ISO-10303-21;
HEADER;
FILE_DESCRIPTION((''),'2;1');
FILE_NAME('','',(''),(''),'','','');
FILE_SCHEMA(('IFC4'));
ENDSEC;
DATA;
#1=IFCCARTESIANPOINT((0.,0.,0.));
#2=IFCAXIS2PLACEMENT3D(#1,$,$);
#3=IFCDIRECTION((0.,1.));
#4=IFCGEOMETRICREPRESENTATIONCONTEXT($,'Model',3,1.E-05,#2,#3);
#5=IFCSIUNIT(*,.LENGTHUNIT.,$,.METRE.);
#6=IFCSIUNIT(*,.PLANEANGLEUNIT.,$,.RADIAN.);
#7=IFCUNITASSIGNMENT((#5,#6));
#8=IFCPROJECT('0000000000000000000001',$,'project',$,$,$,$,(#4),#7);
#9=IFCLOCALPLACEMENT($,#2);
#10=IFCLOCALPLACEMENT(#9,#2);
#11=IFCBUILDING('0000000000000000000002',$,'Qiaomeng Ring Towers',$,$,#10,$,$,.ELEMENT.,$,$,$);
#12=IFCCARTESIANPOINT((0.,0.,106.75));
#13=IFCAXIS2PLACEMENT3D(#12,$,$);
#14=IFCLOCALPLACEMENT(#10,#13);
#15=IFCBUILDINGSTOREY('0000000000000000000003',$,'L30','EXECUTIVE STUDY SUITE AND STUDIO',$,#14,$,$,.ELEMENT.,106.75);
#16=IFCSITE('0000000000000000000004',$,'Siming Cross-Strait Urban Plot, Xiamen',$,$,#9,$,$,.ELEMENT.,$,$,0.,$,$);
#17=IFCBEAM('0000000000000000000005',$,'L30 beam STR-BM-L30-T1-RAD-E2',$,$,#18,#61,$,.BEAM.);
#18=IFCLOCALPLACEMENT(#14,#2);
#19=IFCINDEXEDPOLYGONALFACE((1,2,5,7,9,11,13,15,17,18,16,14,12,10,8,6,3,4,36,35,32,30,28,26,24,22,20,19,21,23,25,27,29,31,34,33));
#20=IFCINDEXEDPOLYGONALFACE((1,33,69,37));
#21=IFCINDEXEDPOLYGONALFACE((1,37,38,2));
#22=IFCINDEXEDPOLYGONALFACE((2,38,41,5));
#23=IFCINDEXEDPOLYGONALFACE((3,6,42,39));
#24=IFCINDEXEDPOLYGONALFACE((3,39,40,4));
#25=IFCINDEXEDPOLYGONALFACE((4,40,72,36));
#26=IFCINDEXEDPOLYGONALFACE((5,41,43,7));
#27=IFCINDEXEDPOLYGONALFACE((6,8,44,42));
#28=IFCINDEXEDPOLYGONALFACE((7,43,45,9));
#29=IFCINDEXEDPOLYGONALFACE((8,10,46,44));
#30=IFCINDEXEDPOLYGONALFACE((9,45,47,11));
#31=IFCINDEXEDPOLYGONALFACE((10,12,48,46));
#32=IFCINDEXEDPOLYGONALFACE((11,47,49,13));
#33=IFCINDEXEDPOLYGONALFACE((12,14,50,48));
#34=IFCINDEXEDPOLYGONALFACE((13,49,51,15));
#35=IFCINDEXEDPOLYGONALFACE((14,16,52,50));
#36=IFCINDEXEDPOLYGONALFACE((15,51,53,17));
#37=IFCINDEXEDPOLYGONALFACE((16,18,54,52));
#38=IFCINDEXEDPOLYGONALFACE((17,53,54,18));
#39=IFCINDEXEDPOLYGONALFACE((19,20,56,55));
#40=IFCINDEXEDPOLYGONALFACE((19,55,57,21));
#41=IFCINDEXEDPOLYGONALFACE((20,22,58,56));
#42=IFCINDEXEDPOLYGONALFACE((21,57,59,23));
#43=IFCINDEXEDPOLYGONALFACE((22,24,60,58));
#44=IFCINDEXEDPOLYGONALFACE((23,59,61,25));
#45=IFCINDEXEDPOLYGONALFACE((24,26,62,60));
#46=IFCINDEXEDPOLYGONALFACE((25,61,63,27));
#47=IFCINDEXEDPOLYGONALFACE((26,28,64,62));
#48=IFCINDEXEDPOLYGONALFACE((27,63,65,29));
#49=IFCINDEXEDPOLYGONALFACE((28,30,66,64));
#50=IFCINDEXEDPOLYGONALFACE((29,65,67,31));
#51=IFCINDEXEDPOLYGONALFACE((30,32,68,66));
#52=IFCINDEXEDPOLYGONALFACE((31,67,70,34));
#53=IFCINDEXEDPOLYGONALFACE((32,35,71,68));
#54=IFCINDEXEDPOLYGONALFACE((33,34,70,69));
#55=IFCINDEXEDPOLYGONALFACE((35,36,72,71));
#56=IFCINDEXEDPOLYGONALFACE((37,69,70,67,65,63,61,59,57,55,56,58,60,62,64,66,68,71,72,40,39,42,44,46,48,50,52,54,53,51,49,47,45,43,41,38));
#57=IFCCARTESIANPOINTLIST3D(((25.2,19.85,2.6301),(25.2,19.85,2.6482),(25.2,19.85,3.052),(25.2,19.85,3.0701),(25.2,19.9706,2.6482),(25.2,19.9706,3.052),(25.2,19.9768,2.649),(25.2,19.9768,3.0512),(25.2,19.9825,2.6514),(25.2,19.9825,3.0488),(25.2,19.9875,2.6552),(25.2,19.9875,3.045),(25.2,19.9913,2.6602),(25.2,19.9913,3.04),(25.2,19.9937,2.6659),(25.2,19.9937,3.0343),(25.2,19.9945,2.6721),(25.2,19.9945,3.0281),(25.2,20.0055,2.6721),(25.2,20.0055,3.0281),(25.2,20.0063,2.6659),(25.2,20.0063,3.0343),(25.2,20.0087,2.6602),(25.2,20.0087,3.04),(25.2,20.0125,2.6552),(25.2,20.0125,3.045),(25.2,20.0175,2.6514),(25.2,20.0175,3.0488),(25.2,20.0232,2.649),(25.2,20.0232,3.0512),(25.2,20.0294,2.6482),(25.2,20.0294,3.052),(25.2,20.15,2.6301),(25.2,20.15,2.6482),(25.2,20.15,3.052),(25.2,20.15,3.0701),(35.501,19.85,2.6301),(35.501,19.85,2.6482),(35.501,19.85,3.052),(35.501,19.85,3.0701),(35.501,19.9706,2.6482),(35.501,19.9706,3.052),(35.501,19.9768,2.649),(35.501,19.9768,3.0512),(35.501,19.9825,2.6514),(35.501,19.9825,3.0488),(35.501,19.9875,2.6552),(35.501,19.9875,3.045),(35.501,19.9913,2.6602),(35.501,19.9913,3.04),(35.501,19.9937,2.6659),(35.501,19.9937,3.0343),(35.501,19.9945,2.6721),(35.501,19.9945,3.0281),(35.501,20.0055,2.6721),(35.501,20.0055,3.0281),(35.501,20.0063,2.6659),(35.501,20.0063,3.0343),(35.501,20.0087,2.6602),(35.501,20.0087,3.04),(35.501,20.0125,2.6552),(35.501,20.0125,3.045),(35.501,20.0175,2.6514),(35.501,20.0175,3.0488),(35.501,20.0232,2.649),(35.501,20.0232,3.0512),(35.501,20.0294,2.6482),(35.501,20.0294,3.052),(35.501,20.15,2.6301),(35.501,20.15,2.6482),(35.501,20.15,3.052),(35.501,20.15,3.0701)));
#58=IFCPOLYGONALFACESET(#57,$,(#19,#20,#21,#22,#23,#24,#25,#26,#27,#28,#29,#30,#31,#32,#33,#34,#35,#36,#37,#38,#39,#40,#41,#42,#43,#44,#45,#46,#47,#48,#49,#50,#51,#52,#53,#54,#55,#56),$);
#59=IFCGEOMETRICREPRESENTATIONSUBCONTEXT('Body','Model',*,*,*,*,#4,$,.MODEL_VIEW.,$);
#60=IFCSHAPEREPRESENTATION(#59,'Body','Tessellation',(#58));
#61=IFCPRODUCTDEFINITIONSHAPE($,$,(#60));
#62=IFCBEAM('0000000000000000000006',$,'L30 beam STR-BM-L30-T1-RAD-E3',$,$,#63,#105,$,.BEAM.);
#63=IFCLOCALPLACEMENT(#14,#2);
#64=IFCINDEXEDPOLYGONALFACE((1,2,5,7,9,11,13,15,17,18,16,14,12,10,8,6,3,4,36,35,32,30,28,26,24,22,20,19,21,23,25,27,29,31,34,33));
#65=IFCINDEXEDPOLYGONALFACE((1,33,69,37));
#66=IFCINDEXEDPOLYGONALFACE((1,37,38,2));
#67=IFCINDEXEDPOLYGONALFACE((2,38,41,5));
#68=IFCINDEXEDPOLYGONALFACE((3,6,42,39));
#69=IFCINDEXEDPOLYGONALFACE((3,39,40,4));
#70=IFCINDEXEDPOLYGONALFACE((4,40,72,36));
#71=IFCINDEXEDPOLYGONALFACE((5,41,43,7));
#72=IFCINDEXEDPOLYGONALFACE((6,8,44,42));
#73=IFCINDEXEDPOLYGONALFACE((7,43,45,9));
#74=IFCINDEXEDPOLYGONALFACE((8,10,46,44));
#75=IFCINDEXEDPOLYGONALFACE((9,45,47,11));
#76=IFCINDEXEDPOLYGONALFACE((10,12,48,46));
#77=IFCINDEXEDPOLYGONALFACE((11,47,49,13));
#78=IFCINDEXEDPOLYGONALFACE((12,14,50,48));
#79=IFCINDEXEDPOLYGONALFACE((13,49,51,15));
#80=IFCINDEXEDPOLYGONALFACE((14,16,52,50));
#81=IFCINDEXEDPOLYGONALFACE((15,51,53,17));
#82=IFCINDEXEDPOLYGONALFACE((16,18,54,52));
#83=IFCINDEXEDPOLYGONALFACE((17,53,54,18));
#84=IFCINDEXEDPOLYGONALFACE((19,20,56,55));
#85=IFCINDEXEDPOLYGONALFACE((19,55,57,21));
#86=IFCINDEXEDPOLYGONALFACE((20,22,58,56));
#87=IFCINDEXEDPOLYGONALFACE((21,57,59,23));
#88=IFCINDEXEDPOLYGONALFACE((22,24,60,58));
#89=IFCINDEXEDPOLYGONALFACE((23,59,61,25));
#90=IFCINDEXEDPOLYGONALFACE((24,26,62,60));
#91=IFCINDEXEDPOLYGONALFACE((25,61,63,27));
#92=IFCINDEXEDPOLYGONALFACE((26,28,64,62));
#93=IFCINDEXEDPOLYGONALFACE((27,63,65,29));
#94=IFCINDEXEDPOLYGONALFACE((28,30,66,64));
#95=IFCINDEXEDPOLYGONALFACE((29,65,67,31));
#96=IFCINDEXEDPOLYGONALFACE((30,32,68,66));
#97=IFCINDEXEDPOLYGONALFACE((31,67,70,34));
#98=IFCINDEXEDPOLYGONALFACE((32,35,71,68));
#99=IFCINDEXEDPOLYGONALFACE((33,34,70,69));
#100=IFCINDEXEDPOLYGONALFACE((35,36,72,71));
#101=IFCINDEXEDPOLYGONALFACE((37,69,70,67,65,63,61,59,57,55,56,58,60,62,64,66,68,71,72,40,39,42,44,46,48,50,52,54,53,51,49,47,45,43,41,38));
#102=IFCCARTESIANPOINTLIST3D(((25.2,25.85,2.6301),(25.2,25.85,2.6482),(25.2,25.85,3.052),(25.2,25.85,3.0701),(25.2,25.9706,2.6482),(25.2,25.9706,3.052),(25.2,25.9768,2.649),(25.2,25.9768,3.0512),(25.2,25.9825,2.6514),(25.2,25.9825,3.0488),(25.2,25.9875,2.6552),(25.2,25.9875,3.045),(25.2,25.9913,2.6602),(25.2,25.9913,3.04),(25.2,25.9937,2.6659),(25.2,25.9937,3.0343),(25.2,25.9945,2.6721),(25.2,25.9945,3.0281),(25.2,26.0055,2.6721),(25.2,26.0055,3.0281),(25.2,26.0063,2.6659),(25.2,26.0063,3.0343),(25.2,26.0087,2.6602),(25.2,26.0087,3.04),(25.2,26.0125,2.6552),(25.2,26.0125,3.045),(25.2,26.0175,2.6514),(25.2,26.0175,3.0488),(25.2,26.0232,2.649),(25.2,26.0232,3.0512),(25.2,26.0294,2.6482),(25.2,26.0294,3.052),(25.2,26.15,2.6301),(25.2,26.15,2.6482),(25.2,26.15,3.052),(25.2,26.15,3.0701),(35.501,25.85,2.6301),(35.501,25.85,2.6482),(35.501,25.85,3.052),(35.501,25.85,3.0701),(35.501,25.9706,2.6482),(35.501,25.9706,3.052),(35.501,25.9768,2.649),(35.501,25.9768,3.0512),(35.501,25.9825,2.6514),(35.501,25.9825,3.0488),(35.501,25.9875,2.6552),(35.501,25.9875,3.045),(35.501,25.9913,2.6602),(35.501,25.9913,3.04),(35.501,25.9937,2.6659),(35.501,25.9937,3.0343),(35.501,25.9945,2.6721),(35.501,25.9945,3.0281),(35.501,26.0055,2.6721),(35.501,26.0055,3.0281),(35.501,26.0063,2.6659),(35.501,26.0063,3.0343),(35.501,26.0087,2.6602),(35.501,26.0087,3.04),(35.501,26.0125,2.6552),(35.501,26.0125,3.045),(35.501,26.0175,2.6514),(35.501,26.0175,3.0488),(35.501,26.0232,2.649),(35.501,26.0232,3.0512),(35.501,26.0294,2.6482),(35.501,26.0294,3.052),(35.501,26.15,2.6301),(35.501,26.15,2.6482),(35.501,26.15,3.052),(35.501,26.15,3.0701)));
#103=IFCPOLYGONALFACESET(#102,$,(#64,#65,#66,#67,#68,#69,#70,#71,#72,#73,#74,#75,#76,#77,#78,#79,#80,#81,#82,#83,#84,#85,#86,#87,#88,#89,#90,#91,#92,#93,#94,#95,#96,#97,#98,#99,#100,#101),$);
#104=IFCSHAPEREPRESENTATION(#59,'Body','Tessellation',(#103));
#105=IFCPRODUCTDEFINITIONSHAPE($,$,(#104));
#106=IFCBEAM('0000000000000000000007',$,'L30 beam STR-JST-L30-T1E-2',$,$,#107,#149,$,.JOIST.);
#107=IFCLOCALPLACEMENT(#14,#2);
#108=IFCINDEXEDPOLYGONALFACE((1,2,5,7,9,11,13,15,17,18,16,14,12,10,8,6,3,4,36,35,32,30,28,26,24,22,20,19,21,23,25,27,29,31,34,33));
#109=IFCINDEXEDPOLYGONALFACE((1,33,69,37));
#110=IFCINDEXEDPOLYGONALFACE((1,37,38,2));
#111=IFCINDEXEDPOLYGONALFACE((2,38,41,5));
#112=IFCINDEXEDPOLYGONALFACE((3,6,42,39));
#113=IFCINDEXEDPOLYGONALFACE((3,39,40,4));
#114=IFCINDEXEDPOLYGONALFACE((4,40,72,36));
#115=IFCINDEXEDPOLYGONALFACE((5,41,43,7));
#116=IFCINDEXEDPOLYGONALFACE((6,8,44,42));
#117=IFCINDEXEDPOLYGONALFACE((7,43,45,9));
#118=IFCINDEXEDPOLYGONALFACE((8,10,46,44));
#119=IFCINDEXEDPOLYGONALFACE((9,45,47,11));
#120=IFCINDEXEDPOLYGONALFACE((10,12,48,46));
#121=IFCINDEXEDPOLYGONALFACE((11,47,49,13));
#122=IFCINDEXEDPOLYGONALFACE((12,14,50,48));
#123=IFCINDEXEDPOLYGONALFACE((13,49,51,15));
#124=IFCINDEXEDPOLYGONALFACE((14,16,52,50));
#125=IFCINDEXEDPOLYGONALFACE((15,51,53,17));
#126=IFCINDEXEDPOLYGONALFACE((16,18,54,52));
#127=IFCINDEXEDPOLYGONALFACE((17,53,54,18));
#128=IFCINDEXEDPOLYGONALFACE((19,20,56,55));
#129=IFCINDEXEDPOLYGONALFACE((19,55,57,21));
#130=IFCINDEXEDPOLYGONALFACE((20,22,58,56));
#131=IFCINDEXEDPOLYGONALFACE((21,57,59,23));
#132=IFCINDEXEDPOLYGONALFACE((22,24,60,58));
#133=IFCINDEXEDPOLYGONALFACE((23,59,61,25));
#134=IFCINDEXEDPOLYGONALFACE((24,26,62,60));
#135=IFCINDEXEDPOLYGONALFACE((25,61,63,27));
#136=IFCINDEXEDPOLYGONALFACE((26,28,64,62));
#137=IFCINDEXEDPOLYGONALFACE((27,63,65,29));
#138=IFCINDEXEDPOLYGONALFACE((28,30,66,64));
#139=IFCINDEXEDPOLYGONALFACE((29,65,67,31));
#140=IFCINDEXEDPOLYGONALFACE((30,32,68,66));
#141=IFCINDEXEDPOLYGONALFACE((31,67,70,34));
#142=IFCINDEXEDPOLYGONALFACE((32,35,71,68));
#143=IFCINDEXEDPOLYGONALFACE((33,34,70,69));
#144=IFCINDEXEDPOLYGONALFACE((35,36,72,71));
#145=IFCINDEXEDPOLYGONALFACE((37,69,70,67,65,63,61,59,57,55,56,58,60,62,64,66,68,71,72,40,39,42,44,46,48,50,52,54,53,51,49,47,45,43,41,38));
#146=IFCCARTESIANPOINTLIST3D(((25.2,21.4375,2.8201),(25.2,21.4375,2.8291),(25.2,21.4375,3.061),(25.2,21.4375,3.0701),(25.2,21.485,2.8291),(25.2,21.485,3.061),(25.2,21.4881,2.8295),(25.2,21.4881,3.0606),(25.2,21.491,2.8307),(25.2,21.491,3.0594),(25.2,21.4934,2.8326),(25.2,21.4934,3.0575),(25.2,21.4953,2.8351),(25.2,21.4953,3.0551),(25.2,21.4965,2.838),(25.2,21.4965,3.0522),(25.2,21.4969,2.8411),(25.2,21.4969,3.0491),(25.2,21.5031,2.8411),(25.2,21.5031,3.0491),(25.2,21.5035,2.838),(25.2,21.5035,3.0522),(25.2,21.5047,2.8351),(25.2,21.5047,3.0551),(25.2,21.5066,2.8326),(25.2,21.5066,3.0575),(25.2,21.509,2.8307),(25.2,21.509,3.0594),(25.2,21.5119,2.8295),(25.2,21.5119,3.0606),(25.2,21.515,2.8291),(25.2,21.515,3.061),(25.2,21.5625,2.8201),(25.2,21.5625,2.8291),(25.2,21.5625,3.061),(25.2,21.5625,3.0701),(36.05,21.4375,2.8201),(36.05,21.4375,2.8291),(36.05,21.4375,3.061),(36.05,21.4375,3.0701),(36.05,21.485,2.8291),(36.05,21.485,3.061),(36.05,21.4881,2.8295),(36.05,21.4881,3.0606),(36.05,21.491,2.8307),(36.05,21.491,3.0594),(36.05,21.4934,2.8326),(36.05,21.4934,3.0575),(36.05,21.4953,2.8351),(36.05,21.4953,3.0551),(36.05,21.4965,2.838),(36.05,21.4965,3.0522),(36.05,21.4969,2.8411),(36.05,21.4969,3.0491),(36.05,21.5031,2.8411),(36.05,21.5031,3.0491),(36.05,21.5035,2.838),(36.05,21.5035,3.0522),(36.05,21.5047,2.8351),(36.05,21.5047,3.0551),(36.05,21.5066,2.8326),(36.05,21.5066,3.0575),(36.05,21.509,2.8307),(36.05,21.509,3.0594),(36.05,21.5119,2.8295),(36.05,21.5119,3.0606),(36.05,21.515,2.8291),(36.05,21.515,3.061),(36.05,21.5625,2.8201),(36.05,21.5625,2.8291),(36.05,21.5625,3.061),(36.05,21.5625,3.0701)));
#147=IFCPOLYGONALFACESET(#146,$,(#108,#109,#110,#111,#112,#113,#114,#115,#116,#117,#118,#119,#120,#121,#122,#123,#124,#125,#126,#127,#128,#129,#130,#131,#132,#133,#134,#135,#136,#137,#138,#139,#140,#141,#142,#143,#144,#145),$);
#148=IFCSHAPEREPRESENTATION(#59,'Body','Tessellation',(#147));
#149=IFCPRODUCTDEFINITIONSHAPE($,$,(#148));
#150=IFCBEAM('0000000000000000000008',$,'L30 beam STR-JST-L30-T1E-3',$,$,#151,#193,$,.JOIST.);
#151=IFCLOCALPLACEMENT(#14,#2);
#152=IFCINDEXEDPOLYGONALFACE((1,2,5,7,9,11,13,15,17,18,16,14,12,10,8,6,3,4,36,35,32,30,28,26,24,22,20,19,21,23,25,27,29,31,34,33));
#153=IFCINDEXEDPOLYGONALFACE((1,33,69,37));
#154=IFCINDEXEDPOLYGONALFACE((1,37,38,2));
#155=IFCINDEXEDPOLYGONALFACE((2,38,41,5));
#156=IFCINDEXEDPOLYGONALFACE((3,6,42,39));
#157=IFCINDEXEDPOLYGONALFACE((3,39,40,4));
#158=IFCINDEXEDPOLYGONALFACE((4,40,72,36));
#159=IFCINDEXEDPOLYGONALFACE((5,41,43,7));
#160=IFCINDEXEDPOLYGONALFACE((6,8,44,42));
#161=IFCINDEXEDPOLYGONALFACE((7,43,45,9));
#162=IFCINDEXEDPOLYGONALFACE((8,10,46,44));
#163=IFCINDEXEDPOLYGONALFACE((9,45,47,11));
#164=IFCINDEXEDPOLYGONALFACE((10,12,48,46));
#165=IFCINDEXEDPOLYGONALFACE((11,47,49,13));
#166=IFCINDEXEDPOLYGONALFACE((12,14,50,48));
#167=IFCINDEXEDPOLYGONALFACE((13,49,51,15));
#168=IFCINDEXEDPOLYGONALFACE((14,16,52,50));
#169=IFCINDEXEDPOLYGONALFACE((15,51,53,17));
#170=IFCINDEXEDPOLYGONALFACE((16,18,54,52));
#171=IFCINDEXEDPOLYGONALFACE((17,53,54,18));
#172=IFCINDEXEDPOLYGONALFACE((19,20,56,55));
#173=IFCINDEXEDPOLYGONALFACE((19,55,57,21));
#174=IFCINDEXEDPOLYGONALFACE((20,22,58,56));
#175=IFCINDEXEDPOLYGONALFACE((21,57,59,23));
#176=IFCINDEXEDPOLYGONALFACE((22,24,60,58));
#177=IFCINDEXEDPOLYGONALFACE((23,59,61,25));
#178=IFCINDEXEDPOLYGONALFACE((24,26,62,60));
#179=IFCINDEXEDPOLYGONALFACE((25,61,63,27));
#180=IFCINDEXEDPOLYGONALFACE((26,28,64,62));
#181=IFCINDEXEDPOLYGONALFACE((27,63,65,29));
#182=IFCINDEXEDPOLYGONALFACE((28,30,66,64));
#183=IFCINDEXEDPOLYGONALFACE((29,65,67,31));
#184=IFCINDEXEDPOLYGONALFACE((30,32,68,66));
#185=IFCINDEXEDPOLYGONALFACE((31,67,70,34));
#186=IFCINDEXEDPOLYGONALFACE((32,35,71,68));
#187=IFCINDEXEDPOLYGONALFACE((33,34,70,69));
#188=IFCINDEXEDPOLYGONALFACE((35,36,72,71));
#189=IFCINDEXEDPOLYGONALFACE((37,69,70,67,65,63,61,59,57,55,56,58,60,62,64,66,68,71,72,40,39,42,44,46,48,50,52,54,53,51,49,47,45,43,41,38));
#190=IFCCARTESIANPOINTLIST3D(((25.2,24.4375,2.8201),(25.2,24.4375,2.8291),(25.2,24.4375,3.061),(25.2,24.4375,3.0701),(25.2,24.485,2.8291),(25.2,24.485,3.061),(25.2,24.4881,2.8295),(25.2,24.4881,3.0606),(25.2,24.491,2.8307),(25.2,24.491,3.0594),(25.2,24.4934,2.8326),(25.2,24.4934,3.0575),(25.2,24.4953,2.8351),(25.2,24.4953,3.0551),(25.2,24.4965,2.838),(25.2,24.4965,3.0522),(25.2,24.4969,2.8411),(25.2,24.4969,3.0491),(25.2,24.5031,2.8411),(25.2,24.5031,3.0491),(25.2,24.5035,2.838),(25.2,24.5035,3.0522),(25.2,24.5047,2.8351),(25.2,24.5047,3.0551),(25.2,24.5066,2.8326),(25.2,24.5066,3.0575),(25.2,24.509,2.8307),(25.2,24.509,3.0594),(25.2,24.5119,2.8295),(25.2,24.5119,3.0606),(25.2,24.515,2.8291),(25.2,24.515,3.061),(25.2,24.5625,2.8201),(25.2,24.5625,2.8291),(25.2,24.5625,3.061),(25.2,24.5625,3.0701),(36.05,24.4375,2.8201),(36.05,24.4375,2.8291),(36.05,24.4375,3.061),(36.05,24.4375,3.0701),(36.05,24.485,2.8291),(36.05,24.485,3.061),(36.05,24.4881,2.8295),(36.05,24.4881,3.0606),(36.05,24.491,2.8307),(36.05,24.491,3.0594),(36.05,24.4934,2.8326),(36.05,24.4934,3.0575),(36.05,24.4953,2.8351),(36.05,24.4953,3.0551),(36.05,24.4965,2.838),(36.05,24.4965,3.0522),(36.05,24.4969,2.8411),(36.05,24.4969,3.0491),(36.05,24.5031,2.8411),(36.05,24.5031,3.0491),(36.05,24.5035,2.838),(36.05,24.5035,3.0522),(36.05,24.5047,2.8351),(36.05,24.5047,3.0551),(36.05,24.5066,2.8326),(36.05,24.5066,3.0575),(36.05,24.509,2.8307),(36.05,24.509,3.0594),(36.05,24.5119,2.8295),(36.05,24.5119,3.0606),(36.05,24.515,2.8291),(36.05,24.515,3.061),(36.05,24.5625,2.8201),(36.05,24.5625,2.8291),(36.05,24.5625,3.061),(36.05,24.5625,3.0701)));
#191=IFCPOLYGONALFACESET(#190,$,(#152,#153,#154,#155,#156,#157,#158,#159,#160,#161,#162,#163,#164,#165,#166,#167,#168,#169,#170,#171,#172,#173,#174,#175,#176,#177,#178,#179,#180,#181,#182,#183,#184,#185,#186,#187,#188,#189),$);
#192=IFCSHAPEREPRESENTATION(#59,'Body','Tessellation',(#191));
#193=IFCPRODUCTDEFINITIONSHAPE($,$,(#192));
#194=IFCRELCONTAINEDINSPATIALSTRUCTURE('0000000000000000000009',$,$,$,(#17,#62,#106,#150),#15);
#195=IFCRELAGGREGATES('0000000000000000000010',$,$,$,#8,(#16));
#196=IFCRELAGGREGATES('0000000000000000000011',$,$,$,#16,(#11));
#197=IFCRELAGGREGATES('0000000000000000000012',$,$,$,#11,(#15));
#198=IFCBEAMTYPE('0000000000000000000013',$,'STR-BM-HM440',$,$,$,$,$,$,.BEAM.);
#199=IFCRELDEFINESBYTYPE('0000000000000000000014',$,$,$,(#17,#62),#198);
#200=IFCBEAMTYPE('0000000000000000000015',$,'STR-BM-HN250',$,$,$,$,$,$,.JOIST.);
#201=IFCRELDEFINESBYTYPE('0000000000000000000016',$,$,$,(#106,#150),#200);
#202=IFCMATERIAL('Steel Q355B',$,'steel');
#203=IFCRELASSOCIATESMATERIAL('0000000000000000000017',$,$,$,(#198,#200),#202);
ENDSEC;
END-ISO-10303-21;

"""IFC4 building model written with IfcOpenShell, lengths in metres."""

from ifc_helpers import new_model, si_unit, direction, frame, origin, origin_2d, place, context, subcontext, project, spatial, i_section, extrude, source, transform, mapped, material, material_profile, profile_set, type_object, element, save


model = new_model("IFC4")

# Units and contexts
model_context = context("Model", 3, precision=1e-05, world=origin(), true_north=direction((0.0, 1.0)))
body_context = subcontext(model_context, "Body", "Model", "MODEL_VIEW")
ifc_project = project(units=[si_unit("LENGTHUNIT", "METRE"), si_unit("PLANEANGLEUNIT", "RADIAN")], contexts=[model_context])

# Site, building, storey
site_placement = place(None, origin())
site = spatial("IfcSite", under=ifc_project, at=site_placement, Name="Siming Cross-Strait Urban Plot, Xiamen", CompositionType="ELEMENT", RefElevation=0.0)
building_placement = place(site_placement, origin())
building = spatial("IfcBuilding", under=site, at=building_placement, Name="Qiaomeng Ring Towers", CompositionType="ELEMENT")
storey_placement = place(building_placement, frame((0.0, 0.0, 106.75)))
storey = spatial("IfcBuildingStorey", under=building, at=storey_placement, Name="L30", Description="EXECUTIVE STUDY SUITE AND STUDIO", CompositionType="ELEMENT", Elevation=106.75)

# Beams
ifc_material_1 = material(Name="Steel Q355B", Category="steel")
ifc_material_profile_1 = material_profile(ifc_material_1, i_section(OverallWidth=0.3, OverallDepth=0.4399, WebThickness=0.011, FlangeThickness=0.0181, FilletRadius=0.0239, at=origin_2d()), Name="HM 440x300x11x18")
ifc_profile_set_1 = profile_set([ifc_material_profile_1], Name="Steel Q355B")
beam_type_1 = type_object("IfcBeamType", Name="STR-BM-HM440", PredefinedType="BEAM", material=ifc_profile_set_1)
shared_shape_1 = source(origin(), body_context, "Body", "SweptSolid", [
    extrude(i_section(OverallWidth=0.3, OverallDepth=0.4399, WebThickness=0.011, FlangeThickness=0.0181, FilletRadius=0.0239, at=origin_2d()), origin(), (0.0, 0.0, 1.0), 10.301),
])
for number, where, z_axis, x_axis, name in (
    (1, (25.2, 20.0, 2.8501), (1.0, 0.0, 0.0), (0.0, 1.0, 0.0), "L30 beam STR-BM-L30-T1-RAD-E2"),
    (2, (25.2, 26.0, 2.8501), (1.0, 0.0, 0.0), (0.0, 1.0, 0.0), "L30 beam STR-BM-L30-T1-RAD-E3"),
):
    element("IfcBeam", number, at=place(storey_placement, frame(where, z_axis=z_axis, x_axis=x_axis)), inside=storey, type_object=beam_type_1, Name=name, PredefinedType="BEAM", context=body_context, shape_type="MappedRepresentation", body=[
        mapped(shared_shape_1, transform((0.0, 0.0, 0.0), x_axis=(1.0, 0.0, 0.0), y_axis=(0.0, 1.0, 0.0), z_axis=(0.0, 0.0, 1.0), scale=1.0)),
    ])
ifc_material_profile_2 = material_profile(ifc_material_1, i_section(OverallWidth=0.125, OverallDepth=0.25, WebThickness=0.0061, FlangeThickness=0.009, FilletRadius=0.012, at=origin_2d()), Name="HN 250x125x6x9")
ifc_profile_set_2 = profile_set([ifc_material_profile_2], Name="Steel Q355B")
beam_type_2 = type_object("IfcBeamType", Name="STR-BM-HN250", PredefinedType="JOIST", material=ifc_profile_set_2)
shared_shape_2 = source(origin(), body_context, "Body", "SweptSolid", [
    extrude(i_section(OverallWidth=0.125, OverallDepth=0.25, WebThickness=0.0061, FlangeThickness=0.009, FilletRadius=0.012, at=origin_2d()), origin(), (0.0, 0.0, 1.0), 10.8501),
])
for number, where, z_axis, x_axis, name in (
    (3, (25.2, 21.5, 2.9451), (1.0, 0.0, 0.0), (0.0, 1.0, 0.0), "L30 beam STR-JST-L30-T1E-2"),
    (4, (25.2, 24.5, 2.9451), (1.0, 0.0, 0.0), (0.0, 1.0, 0.0), "L30 beam STR-JST-L30-T1E-3"),
):
    element("IfcBeam", number, at=place(storey_placement, frame(where, z_axis=z_axis, x_axis=x_axis)), inside=storey, type_object=beam_type_2, Name=name, PredefinedType="JOIST", context=body_context, shape_type="MappedRepresentation", body=[
        mapped(shared_shape_2, transform((0.0, 0.0, 0.0), x_axis=(1.0, 0.0, 0.0), y_axis=(0.0, 1.0, 0.0), z_axis=(0.0, 0.0, 1.0), scale=1.0)),
    ])

save(model, "model.ifc")
